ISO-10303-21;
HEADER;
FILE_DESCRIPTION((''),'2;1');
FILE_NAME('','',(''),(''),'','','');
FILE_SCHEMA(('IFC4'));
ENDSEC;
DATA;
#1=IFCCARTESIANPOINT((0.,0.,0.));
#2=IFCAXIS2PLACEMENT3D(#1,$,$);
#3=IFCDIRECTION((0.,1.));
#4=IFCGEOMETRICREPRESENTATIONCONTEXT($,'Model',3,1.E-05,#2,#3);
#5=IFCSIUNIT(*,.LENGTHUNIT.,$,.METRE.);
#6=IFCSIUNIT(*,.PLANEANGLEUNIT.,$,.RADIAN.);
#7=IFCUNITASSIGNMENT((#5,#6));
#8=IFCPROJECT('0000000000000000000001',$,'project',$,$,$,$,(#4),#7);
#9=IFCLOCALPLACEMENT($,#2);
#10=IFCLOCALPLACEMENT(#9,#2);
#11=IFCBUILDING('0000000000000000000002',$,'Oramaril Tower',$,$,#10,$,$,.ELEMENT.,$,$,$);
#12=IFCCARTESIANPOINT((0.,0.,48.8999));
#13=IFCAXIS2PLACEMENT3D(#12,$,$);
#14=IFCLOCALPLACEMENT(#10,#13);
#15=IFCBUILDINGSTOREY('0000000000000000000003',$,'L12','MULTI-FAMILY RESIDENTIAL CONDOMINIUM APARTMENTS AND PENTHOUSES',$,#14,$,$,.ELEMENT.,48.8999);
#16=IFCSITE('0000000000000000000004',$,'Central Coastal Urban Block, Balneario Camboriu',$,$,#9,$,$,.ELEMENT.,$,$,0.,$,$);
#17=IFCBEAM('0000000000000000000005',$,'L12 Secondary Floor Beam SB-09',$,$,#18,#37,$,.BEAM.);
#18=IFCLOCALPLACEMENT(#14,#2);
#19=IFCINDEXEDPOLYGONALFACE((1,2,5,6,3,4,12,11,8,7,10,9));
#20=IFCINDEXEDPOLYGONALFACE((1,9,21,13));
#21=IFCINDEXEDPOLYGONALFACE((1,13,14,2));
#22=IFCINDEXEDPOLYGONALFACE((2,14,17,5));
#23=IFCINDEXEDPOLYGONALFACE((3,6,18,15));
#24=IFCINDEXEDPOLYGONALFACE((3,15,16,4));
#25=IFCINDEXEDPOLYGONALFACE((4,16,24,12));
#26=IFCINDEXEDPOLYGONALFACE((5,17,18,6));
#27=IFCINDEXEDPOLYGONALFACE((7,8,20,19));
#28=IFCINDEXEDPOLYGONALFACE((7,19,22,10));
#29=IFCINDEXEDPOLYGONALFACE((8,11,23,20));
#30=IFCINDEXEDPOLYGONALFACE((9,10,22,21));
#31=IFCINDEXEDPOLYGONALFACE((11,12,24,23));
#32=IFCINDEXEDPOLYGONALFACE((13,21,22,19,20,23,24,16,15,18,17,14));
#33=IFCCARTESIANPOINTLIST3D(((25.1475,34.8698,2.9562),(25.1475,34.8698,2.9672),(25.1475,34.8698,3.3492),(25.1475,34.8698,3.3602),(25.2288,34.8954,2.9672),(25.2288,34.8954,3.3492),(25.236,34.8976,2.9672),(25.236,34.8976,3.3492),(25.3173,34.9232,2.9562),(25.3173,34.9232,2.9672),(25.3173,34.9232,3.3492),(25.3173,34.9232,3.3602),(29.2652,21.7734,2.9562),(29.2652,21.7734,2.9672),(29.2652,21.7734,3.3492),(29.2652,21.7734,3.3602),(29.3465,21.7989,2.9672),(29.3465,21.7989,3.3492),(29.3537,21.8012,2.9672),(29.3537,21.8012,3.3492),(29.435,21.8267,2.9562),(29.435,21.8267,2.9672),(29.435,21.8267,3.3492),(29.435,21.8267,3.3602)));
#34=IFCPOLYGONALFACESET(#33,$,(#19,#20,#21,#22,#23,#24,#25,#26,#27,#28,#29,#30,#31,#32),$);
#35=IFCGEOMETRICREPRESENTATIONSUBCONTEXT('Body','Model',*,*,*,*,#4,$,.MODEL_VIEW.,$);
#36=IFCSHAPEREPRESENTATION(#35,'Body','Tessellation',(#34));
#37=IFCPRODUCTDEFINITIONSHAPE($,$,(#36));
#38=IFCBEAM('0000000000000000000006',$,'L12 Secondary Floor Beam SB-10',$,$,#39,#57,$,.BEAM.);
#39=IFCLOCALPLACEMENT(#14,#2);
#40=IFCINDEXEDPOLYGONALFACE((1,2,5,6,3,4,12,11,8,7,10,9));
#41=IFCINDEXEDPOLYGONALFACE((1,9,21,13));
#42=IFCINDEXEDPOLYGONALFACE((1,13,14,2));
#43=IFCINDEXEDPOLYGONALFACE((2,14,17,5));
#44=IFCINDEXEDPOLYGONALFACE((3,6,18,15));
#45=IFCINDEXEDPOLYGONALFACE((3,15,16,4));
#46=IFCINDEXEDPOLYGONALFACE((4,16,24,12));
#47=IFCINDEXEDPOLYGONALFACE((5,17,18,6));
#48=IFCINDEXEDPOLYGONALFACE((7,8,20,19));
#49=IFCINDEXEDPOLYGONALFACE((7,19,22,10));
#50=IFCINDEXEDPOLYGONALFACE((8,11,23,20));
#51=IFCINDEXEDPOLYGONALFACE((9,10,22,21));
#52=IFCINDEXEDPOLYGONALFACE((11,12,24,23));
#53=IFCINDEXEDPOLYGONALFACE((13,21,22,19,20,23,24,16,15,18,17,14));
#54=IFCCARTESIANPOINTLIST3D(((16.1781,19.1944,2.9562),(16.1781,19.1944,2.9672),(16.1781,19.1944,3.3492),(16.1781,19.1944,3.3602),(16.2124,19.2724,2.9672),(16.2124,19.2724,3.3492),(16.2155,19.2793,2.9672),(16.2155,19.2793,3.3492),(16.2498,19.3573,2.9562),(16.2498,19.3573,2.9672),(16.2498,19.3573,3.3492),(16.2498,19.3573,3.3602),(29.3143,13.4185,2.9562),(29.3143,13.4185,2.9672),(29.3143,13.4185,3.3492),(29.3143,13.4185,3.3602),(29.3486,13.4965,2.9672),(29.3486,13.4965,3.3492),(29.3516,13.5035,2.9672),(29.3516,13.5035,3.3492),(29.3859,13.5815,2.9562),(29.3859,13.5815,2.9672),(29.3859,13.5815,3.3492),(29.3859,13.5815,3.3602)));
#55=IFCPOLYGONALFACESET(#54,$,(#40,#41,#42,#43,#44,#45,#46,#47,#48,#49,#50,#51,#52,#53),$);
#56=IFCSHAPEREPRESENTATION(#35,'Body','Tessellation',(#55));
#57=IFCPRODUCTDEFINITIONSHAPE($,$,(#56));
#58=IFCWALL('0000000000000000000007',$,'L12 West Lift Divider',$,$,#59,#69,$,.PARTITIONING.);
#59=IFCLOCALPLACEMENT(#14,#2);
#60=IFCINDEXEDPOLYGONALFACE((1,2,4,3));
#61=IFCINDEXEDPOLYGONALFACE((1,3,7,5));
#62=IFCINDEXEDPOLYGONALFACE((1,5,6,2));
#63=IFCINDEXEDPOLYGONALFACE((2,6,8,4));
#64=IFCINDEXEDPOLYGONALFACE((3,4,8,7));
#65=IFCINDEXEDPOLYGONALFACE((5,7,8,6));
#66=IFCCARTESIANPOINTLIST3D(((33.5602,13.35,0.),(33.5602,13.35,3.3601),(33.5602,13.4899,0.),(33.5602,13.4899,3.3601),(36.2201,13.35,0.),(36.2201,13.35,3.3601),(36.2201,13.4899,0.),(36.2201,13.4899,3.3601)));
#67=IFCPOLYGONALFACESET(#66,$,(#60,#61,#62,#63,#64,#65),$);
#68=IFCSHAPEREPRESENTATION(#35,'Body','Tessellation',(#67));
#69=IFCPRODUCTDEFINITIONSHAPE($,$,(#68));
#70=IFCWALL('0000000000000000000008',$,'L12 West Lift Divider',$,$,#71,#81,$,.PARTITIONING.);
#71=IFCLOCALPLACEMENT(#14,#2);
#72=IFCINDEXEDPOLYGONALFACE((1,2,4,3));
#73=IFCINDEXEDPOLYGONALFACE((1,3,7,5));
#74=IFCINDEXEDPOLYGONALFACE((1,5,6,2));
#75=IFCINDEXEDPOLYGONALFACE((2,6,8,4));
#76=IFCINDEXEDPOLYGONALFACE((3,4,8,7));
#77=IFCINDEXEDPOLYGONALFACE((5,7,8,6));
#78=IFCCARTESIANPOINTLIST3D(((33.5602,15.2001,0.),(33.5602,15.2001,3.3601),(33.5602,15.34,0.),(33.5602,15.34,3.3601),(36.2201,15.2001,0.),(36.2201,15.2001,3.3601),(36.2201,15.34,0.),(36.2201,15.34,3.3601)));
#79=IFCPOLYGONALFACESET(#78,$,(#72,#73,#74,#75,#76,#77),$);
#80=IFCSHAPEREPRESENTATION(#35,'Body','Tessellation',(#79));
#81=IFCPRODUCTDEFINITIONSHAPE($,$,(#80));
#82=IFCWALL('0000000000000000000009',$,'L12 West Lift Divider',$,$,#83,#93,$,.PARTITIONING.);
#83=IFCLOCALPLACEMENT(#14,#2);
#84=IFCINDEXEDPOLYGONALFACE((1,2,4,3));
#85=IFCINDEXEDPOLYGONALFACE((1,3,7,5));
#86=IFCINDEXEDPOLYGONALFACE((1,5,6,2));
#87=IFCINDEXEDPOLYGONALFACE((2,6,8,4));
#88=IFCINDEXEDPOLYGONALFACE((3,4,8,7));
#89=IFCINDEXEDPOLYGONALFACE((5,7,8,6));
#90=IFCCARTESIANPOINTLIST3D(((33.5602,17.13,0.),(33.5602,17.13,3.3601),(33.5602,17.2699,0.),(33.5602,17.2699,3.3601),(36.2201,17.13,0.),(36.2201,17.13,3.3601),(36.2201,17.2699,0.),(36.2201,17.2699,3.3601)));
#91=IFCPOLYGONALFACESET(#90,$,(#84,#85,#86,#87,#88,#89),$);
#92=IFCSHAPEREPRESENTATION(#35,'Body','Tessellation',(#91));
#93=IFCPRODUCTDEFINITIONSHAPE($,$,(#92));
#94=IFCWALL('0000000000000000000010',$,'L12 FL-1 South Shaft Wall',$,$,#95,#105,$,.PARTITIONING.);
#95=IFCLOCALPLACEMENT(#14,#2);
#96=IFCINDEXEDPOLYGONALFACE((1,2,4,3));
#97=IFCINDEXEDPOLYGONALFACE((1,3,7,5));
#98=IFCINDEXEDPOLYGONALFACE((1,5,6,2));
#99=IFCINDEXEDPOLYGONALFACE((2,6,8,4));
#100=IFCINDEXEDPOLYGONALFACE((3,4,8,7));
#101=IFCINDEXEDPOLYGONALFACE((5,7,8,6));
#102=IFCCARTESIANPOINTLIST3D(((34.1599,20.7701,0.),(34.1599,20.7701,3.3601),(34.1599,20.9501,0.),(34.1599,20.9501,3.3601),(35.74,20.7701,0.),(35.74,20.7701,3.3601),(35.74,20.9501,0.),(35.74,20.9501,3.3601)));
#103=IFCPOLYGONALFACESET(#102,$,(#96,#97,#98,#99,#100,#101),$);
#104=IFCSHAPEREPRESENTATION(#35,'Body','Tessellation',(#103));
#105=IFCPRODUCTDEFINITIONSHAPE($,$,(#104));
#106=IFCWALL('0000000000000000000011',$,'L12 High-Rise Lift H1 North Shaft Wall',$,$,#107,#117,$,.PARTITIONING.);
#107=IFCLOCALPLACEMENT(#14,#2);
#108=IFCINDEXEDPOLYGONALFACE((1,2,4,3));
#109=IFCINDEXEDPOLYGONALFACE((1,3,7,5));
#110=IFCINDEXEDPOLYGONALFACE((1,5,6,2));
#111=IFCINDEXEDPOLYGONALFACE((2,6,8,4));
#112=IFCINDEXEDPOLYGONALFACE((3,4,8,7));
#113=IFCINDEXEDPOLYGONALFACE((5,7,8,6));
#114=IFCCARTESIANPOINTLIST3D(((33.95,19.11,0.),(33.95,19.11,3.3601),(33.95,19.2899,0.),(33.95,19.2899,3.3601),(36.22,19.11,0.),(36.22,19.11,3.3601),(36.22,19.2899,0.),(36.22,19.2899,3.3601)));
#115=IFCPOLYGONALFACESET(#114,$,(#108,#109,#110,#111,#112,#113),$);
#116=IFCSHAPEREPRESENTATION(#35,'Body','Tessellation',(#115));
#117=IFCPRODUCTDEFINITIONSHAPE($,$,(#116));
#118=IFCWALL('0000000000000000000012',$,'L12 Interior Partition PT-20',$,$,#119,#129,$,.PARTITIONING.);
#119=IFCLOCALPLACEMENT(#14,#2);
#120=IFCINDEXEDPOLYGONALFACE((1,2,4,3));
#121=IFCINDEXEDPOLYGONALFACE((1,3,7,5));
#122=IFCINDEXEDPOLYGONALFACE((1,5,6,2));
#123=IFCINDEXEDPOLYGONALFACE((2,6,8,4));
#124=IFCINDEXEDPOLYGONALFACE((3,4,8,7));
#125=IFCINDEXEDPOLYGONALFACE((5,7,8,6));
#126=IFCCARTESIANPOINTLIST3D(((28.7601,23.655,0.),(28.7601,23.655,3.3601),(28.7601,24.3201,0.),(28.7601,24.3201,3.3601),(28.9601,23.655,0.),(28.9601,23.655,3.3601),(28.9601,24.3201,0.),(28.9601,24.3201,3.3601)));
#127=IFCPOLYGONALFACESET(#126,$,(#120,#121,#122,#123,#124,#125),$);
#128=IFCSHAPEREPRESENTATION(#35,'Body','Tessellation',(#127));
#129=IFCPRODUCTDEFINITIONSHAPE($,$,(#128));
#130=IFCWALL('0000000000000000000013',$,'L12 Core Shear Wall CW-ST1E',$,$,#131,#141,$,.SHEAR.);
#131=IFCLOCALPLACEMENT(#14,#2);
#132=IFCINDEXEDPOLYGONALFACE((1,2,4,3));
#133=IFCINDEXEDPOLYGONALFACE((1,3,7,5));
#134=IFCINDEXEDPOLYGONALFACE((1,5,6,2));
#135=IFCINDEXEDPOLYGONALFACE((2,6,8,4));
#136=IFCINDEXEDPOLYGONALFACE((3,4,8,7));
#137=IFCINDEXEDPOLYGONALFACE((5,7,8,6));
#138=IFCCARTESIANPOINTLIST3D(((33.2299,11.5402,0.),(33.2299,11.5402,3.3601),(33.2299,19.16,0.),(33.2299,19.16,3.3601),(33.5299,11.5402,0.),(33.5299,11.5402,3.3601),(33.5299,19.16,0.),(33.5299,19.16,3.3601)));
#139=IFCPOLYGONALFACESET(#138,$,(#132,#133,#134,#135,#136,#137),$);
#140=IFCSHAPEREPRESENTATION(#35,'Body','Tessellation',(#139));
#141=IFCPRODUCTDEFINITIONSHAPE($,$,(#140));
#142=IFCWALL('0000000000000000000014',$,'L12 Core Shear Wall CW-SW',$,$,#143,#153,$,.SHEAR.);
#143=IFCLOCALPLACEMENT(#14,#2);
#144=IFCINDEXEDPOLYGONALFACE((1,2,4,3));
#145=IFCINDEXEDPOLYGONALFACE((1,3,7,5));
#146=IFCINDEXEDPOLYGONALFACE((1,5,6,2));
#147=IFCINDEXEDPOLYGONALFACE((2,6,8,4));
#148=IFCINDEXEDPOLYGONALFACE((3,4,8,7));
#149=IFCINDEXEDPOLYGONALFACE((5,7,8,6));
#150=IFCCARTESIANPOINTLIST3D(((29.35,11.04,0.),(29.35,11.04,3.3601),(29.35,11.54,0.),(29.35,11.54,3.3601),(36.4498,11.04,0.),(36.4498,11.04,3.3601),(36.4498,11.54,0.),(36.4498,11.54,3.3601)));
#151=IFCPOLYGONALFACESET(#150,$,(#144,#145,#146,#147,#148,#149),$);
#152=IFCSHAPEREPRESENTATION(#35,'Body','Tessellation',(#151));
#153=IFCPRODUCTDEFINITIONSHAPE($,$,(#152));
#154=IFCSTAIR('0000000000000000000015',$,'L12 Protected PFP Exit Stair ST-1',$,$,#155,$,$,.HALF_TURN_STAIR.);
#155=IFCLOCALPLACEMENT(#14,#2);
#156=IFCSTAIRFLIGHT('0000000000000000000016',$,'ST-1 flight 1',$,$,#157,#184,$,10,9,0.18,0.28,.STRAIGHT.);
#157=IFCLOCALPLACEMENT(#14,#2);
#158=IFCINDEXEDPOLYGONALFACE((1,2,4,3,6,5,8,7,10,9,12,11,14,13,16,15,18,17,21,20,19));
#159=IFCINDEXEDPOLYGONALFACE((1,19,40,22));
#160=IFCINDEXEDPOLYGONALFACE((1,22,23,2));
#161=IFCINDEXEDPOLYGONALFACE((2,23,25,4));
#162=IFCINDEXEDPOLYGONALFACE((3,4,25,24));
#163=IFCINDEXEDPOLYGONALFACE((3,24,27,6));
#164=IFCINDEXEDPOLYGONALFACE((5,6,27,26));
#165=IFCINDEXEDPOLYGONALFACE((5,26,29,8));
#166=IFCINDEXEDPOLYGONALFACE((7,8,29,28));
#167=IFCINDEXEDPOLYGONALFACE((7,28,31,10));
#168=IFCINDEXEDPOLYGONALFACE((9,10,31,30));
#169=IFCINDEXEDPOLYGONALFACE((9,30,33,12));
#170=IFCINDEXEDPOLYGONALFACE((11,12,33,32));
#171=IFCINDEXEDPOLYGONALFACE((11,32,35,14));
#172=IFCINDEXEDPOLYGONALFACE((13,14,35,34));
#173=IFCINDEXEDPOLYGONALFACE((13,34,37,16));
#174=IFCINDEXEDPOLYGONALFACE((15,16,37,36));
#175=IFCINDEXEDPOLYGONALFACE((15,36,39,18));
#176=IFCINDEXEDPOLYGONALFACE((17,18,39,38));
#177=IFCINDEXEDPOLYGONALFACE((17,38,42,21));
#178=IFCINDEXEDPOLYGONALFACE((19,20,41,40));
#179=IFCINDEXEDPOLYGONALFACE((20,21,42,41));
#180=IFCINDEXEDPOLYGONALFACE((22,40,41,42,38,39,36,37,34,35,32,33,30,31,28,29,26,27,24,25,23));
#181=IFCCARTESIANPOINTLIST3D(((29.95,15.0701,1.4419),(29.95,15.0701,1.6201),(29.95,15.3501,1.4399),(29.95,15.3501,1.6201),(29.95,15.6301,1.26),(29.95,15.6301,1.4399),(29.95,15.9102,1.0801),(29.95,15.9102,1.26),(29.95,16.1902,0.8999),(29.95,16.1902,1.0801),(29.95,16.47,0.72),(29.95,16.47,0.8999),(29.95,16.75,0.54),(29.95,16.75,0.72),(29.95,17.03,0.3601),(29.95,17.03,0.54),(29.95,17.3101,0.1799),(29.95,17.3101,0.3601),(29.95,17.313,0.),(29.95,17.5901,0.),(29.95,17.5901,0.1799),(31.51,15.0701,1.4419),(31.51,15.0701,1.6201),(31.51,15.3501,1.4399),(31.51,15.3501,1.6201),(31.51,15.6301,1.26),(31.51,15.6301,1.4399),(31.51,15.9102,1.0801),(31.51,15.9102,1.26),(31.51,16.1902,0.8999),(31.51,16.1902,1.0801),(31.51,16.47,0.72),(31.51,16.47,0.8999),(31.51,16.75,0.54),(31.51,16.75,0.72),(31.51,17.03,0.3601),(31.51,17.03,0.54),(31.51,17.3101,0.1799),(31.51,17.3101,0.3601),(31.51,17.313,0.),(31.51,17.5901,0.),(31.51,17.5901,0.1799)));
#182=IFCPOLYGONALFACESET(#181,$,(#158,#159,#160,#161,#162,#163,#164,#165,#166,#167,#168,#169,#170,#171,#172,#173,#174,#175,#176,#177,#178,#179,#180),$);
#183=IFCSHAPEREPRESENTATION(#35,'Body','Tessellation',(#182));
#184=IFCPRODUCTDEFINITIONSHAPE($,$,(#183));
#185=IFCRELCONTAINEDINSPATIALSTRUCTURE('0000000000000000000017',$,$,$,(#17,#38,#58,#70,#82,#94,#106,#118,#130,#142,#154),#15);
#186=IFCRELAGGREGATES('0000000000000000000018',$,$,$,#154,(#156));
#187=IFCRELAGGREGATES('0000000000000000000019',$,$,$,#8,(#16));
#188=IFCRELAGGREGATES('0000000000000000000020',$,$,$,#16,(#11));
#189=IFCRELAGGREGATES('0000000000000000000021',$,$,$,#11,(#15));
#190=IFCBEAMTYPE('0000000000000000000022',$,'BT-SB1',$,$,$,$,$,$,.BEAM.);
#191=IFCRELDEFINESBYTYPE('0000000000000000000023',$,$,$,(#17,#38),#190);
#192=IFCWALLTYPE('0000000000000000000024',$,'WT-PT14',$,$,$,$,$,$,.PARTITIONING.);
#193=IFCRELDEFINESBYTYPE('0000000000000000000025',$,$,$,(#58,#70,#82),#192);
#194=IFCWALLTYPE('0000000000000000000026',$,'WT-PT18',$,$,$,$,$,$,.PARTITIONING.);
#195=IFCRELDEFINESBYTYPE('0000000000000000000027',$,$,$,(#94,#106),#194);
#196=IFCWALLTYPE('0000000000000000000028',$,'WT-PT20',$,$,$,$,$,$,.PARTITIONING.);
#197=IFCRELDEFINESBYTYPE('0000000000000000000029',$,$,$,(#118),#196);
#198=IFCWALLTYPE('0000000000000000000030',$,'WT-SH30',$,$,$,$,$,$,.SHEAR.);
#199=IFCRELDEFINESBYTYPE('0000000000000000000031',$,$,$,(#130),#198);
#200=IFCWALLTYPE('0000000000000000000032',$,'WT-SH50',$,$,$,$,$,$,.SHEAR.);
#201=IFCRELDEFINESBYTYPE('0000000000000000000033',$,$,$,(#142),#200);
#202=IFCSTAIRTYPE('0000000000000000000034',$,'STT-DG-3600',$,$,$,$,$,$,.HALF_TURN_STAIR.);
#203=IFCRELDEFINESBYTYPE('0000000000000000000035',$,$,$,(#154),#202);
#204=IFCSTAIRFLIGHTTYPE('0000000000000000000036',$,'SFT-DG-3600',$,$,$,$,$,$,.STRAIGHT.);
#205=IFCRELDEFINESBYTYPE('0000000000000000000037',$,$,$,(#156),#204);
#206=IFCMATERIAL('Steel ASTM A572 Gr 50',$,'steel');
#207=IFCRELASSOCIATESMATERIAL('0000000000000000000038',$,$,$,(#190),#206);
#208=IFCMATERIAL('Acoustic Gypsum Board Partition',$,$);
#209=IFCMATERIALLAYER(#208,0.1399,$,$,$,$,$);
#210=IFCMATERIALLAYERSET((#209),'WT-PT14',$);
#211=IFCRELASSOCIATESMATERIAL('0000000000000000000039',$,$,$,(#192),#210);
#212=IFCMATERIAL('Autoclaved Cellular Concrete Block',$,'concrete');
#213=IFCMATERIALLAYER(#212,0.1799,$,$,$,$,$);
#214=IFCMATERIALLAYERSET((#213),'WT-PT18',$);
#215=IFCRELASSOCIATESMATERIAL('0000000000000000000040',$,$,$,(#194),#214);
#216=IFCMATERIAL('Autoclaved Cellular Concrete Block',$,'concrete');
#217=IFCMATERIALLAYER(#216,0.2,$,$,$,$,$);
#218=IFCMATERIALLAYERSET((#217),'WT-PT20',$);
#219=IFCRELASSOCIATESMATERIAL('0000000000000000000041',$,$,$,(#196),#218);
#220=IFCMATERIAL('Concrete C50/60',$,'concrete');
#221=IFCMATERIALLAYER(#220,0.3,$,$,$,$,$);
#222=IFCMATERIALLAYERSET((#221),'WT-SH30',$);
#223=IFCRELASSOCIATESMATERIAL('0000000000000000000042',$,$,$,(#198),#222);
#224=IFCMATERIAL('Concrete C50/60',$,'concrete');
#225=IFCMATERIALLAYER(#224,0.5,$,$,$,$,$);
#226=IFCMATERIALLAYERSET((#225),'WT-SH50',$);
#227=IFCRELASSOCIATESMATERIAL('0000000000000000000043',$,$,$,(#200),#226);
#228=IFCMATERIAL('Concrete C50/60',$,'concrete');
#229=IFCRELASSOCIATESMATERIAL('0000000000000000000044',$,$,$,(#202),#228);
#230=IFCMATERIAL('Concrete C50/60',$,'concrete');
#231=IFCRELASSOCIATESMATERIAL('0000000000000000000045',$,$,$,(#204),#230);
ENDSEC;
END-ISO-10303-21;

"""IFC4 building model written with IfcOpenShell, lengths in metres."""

from ifc_helpers import new_model, si_unit, direction, frame, frame_2d, origin, origin_2d, place, context, subcontext, project, spatial, polyline, rectangle, i_section, outline, extrude, material, layer, layer_set, material_profile, profile_set, type_object, element, aggregate, save


model = new_model("IFC4")

# Units and contexts
model_context = context("Model", 3, precision=1e-05, world=origin(), true_north=direction((0.0, 1.0)))
body_context = subcontext(model_context, "Body", "Model", "MODEL_VIEW")
ifc_project = project(units=[si_unit("LENGTHUNIT", "METRE"), si_unit("PLANEANGLEUNIT", "RADIAN")], contexts=[model_context])

# Site, building, storey
site_placement = place(None, origin())
site = spatial("IfcSite", under=ifc_project, at=site_placement, Name="Central Coastal Urban Block, Balneario Camboriu", CompositionType="ELEMENT", RefElevation=0.0)
building_placement = place(site_placement, origin())
building = spatial("IfcBuilding", under=site, at=building_placement, Name="Oramaril Tower", CompositionType="ELEMENT")
storey_placement = place(building_placement, frame((0.0, 0.0, 48.8999)))
storey = spatial("IfcBuildingStorey", under=building, at=storey_placement, Name="L12", Description="MULTI-FAMILY RESIDENTIAL CONDOMINIUM APARTMENTS AND PENTHOUSES", CompositionType="ELEMENT", Elevation=48.8999)

# Beams
ifc_material_1 = material(Name="Steel ASTM A572 Gr 50", Category="steel")
ifc_material_profile = material_profile(ifc_material_1, i_section(OverallWidth=0.178, OverallDepth=0.4041, WebThickness=0.0076, FlangeThickness=0.011, at=origin_2d()), Name="W16X36")
ifc_profile_set = profile_set([ifc_material_profile], Name="Steel ASTM A572 Gr 50")
beam_type = type_object("IfcBeamType", Name="BT-SB1", PredefinedType="BEAM", material=ifc_profile_set)
beam_1_placement = place(storey_placement, frame((29.3501, 21.8, 3.1582), z_axis=(-0.299936, 0.953959, 0.0), x_axis=(-0.953959, -0.299936, 0.0)))
element("IfcBeam", 1, at=beam_1_placement, inside=storey, type_object=beam_type, Name="L12 Secondary Floor Beam SB-09", PredefinedType="BEAM", context=body_context, shape_type="SweptSolid", body=[
    extrude(i_section(OverallWidth=0.178, OverallDepth=0.4041, WebThickness=0.0076, FlangeThickness=0.011, at=origin_2d()), origin(), (0.0, 0.0, 1.0), 13.7285),
])
beam_2_placement = place(storey_placement, frame((29.3501, 13.5, 3.1582), z_axis=(-0.915419, 0.402501, 0.0), x_axis=(-0.402501, -0.915419, 0.0)))
element("IfcBeam", 2, at=beam_2_placement, inside=storey, type_object=beam_type, Name="L12 Secondary Floor Beam SB-10", PredefinedType="BEAM", context=body_context, shape_type="SweptSolid", body=[
    extrude(i_section(OverallWidth=0.178, OverallDepth=0.4041, WebThickness=0.0076, FlangeThickness=0.011, at=origin_2d()), origin(), (0.0, 0.0, 1.0), 14.3499),
])

# Walls
ifc_material_2 = material(Name="Acoustic Gypsum Board Partition")
ifc_layer_1 = layer(ifc_material_2, 0.1399)
ifc_layer_set_1 = layer_set([ifc_layer_1], Name="WT-PT14")
wall_type_1 = type_object("IfcWallType", Name="WT-PT14", PredefinedType="PARTITIONING", material=ifc_layer_set_1)
for number, where, z_axis, x_axis, name in (
    (3, (33.5601, 13.4199, 0.0), (0.0, 0.0, 1.0), (1.0, 0.0, 0.0), "L12 West Lift Divider"),
    (4, (33.5601, 15.27, 0.0), (0.0, 0.0, 1.0), (1.0, 0.0, 0.0), "L12 West Lift Divider"),
    (5, (33.5601, 17.2, 0.0), (0.0, 0.0, 1.0), (1.0, 0.0, 0.0), "L12 West Lift Divider"),
):
    element("IfcWall", number, at=place(storey_placement, frame(where, z_axis=z_axis, x_axis=x_axis)), inside=storey, type_object=wall_type_1, Name=name, PredefinedType="PARTITIONING", context=body_context, shape_type="SweptSolid", body=[
        extrude(rectangle(XDim=2.6599, YDim=0.1399, at=frame_2d((1.3301, 0.0))), origin(), (0.0, 0.0, 1.0), 3.3601),
    ])
ifc_material_3 = material(Name="Autoclaved Cellular Concrete Block", Category="concrete")
ifc_layer_2 = layer(ifc_material_3, 0.1799)
ifc_layer_set_2 = layer_set([ifc_layer_2], Name="WT-PT18")
wall_type_2 = type_object("IfcWallType", Name="WT-PT18", PredefinedType="PARTITIONING", material=ifc_layer_set_2)
wall_1_placement = place(storey_placement, frame((34.1599, 20.8601, 0.0), z_axis=(0.0, 0.0, 1.0), x_axis=(1.0, 0.0, 0.0)))
element("IfcWall", 6, at=wall_1_placement, inside=storey, type_object=wall_type_2, Name="L12 FL-1 South Shaft Wall", PredefinedType="PARTITIONING", context=body_context, shape_type="SweptSolid", body=[
    extrude(rectangle(XDim=1.5801, YDim=0.1799, at=frame_2d((0.79, 0.0))), origin(), (0.0, 0.0, 1.0), 3.3601),
])
wall_2_placement = place(storey_placement, frame((33.95, 19.2, 0.0), z_axis=(0.0, 0.0, 1.0), x_axis=(1.0, 0.0, 0.0)))
element("IfcWall", 7, at=wall_2_placement, inside=storey, type_object=wall_type_2, Name="L12 High-Rise Lift H1 North Shaft Wall", PredefinedType="PARTITIONING", context=body_context, shape_type="SweptSolid", body=[
    extrude(rectangle(XDim=2.27, YDim=0.1799, at=frame_2d((1.135, 0.0))), origin(), (0.0, 0.0, 1.0), 3.3601),
])

# Shared definitions
ifc_material_4 = material(Name="Autoclaved Cellular Concrete Block", Category="concrete")
ifc_layer_3 = layer(ifc_material_4, 0.2)
ifc_layer_set_3 = layer_set([ifc_layer_3], Name="WT-PT20")
wall_type_3 = type_object("IfcWallType", Name="WT-PT20", PredefinedType="PARTITIONING", material=ifc_layer_set_3)

# Wall
wall_3_placement = place(storey_placement, frame((28.8601, 23.655, 0.0), z_axis=(0.0, 0.0, 1.0), x_axis=(0.0, 1.0, 0.0)))
element("IfcWall", 8, at=wall_3_placement, inside=storey, type_object=wall_type_3, Name="L12 Interior Partition PT-20", PredefinedType="PARTITIONING", context=body_context, shape_type="SweptSolid", body=[
    extrude(rectangle(XDim=0.665, YDim=0.2, at=frame_2d((0.3325, 0.0))), origin(), (0.0, 0.0, 1.0), 3.3601),
])

# Shared definitions
ifc_material_5 = material(Name="Concrete C50/60", Category="concrete")
ifc_layer_4 = layer(ifc_material_5, 0.3)
ifc_layer_set_4 = layer_set([ifc_layer_4], Name="WT-SH30")
wall_type_4 = type_object("IfcWallType", Name="WT-SH30", PredefinedType="SHEAR", material=ifc_layer_set_4)

# Walls
wall_4_placement = place(storey_placement, frame((33.3799, 11.54, 0.0), z_axis=(0.0, 0.0, 1.0), x_axis=(0.0, 1.0, 0.0)))
element("IfcWall", 9, at=wall_4_placement, inside=storey, type_object=wall_type_4, Name="L12 Core Shear Wall CW-ST1E", PredefinedType="SHEAR", context=body_context, shape_type="SweptSolid", body=[
    extrude(rectangle(XDim=7.6199, YDim=0.3, at=frame_2d((3.8101, 0.0))), origin(), (0.0, 0.0, 1.0), 3.3601),
])
ifc_material_6 = material(Name="Concrete C50/60", Category="concrete")
ifc_layer_5 = layer(ifc_material_6, 0.5)
ifc_layer_set_5 = layer_set([ifc_layer_5], Name="WT-SH50")
wall_type_5 = type_object("IfcWallType", Name="WT-SH50", PredefinedType="SHEAR", material=ifc_layer_set_5)
wall_5_placement = place(storey_placement, frame((29.3501, 11.29, 0.0), z_axis=(0.0, 0.0, 1.0), x_axis=(1.0, 0.0, 0.0)))
element("IfcWall", 10, at=wall_5_placement, inside=storey, type_object=wall_type_5, Name="L12 Core Shear Wall CW-SW", PredefinedType="SHEAR", context=body_context, shape_type="SweptSolid", body=[
    extrude(rectangle(XDim=7.0999, YDim=0.5, at=frame_2d((3.5498, 0.0))), origin(), (0.0, 0.0, 1.0), 3.3601),
])

# Stair, stair flight
ifc_material_7 = material(Name="Concrete C50/60", Category="concrete")
stair_type = type_object("IfcStairType", Name="STT-DG-3600", PredefinedType="HALF_TURN_STAIR", material=ifc_material_7)
stair_placement = place(storey_placement, origin())
stair = element("IfcStair", 11, at=stair_placement, inside=storey, type_object=stair_type, Name="L12 Protected PFP Exit Stair ST-1", PredefinedType="HALF_TURN_STAIR")
ifc_material_8 = material(Name="Concrete C50/60", Category="concrete")
stair_flight_type = type_object("IfcStairFlightType", Name="SFT-DG-3600", PredefinedType="STRAIGHT", material=ifc_material_8)
stair_flight_1_placement = place(storey_placement, frame((30.73, 17.5901, 0.0), z_axis=(0.0, 0.0, 1.0), x_axis=(0.0, -1.0, 0.0)))
stair_flight_1 = element("IfcStairFlight", 12, at=stair_flight_1_placement, type_object=stair_flight_type, Name="ST-1 flight 1", NumberOfRisers=10, NumberOfTreads=9, PredefinedType="STRAIGHT", RiserHeight=0.18, TreadLength=0.28, context=body_context, shape_type="SweptSolid", body=[
    extrude(outline(polyline([(0.0, 0.0), (0.0, 0.1799), (0.28, 0.1799), (0.28, 0.3601), (0.5601, 0.3601), (0.5601, 0.54), (0.8401, 0.54), (0.8401, 0.72), (1.1201, 0.72), (1.1201, 0.8999), (1.3999, 0.8999), (1.3999, 1.0801), (1.6799, 1.0801), (1.6799, 1.26), (1.96, 1.26), (1.96, 1.4399), (2.24, 1.4399), (2.24, 1.6201), (2.52, 1.6201), (2.52, 1.8), (2.52, 1.4419), (0.2771, 0.0), (0.0, 0.0)])), frame((0.0, 0.78, 0.0), z_axis=(0.0, -1.0, 0.0), x_axis=(1.0, 0.0, 0.0)), (0.0, 0.0, 1.0), 1.5601),
])
aggregate(stair, [stair_flight_1])

save(model, "model.ifc")
